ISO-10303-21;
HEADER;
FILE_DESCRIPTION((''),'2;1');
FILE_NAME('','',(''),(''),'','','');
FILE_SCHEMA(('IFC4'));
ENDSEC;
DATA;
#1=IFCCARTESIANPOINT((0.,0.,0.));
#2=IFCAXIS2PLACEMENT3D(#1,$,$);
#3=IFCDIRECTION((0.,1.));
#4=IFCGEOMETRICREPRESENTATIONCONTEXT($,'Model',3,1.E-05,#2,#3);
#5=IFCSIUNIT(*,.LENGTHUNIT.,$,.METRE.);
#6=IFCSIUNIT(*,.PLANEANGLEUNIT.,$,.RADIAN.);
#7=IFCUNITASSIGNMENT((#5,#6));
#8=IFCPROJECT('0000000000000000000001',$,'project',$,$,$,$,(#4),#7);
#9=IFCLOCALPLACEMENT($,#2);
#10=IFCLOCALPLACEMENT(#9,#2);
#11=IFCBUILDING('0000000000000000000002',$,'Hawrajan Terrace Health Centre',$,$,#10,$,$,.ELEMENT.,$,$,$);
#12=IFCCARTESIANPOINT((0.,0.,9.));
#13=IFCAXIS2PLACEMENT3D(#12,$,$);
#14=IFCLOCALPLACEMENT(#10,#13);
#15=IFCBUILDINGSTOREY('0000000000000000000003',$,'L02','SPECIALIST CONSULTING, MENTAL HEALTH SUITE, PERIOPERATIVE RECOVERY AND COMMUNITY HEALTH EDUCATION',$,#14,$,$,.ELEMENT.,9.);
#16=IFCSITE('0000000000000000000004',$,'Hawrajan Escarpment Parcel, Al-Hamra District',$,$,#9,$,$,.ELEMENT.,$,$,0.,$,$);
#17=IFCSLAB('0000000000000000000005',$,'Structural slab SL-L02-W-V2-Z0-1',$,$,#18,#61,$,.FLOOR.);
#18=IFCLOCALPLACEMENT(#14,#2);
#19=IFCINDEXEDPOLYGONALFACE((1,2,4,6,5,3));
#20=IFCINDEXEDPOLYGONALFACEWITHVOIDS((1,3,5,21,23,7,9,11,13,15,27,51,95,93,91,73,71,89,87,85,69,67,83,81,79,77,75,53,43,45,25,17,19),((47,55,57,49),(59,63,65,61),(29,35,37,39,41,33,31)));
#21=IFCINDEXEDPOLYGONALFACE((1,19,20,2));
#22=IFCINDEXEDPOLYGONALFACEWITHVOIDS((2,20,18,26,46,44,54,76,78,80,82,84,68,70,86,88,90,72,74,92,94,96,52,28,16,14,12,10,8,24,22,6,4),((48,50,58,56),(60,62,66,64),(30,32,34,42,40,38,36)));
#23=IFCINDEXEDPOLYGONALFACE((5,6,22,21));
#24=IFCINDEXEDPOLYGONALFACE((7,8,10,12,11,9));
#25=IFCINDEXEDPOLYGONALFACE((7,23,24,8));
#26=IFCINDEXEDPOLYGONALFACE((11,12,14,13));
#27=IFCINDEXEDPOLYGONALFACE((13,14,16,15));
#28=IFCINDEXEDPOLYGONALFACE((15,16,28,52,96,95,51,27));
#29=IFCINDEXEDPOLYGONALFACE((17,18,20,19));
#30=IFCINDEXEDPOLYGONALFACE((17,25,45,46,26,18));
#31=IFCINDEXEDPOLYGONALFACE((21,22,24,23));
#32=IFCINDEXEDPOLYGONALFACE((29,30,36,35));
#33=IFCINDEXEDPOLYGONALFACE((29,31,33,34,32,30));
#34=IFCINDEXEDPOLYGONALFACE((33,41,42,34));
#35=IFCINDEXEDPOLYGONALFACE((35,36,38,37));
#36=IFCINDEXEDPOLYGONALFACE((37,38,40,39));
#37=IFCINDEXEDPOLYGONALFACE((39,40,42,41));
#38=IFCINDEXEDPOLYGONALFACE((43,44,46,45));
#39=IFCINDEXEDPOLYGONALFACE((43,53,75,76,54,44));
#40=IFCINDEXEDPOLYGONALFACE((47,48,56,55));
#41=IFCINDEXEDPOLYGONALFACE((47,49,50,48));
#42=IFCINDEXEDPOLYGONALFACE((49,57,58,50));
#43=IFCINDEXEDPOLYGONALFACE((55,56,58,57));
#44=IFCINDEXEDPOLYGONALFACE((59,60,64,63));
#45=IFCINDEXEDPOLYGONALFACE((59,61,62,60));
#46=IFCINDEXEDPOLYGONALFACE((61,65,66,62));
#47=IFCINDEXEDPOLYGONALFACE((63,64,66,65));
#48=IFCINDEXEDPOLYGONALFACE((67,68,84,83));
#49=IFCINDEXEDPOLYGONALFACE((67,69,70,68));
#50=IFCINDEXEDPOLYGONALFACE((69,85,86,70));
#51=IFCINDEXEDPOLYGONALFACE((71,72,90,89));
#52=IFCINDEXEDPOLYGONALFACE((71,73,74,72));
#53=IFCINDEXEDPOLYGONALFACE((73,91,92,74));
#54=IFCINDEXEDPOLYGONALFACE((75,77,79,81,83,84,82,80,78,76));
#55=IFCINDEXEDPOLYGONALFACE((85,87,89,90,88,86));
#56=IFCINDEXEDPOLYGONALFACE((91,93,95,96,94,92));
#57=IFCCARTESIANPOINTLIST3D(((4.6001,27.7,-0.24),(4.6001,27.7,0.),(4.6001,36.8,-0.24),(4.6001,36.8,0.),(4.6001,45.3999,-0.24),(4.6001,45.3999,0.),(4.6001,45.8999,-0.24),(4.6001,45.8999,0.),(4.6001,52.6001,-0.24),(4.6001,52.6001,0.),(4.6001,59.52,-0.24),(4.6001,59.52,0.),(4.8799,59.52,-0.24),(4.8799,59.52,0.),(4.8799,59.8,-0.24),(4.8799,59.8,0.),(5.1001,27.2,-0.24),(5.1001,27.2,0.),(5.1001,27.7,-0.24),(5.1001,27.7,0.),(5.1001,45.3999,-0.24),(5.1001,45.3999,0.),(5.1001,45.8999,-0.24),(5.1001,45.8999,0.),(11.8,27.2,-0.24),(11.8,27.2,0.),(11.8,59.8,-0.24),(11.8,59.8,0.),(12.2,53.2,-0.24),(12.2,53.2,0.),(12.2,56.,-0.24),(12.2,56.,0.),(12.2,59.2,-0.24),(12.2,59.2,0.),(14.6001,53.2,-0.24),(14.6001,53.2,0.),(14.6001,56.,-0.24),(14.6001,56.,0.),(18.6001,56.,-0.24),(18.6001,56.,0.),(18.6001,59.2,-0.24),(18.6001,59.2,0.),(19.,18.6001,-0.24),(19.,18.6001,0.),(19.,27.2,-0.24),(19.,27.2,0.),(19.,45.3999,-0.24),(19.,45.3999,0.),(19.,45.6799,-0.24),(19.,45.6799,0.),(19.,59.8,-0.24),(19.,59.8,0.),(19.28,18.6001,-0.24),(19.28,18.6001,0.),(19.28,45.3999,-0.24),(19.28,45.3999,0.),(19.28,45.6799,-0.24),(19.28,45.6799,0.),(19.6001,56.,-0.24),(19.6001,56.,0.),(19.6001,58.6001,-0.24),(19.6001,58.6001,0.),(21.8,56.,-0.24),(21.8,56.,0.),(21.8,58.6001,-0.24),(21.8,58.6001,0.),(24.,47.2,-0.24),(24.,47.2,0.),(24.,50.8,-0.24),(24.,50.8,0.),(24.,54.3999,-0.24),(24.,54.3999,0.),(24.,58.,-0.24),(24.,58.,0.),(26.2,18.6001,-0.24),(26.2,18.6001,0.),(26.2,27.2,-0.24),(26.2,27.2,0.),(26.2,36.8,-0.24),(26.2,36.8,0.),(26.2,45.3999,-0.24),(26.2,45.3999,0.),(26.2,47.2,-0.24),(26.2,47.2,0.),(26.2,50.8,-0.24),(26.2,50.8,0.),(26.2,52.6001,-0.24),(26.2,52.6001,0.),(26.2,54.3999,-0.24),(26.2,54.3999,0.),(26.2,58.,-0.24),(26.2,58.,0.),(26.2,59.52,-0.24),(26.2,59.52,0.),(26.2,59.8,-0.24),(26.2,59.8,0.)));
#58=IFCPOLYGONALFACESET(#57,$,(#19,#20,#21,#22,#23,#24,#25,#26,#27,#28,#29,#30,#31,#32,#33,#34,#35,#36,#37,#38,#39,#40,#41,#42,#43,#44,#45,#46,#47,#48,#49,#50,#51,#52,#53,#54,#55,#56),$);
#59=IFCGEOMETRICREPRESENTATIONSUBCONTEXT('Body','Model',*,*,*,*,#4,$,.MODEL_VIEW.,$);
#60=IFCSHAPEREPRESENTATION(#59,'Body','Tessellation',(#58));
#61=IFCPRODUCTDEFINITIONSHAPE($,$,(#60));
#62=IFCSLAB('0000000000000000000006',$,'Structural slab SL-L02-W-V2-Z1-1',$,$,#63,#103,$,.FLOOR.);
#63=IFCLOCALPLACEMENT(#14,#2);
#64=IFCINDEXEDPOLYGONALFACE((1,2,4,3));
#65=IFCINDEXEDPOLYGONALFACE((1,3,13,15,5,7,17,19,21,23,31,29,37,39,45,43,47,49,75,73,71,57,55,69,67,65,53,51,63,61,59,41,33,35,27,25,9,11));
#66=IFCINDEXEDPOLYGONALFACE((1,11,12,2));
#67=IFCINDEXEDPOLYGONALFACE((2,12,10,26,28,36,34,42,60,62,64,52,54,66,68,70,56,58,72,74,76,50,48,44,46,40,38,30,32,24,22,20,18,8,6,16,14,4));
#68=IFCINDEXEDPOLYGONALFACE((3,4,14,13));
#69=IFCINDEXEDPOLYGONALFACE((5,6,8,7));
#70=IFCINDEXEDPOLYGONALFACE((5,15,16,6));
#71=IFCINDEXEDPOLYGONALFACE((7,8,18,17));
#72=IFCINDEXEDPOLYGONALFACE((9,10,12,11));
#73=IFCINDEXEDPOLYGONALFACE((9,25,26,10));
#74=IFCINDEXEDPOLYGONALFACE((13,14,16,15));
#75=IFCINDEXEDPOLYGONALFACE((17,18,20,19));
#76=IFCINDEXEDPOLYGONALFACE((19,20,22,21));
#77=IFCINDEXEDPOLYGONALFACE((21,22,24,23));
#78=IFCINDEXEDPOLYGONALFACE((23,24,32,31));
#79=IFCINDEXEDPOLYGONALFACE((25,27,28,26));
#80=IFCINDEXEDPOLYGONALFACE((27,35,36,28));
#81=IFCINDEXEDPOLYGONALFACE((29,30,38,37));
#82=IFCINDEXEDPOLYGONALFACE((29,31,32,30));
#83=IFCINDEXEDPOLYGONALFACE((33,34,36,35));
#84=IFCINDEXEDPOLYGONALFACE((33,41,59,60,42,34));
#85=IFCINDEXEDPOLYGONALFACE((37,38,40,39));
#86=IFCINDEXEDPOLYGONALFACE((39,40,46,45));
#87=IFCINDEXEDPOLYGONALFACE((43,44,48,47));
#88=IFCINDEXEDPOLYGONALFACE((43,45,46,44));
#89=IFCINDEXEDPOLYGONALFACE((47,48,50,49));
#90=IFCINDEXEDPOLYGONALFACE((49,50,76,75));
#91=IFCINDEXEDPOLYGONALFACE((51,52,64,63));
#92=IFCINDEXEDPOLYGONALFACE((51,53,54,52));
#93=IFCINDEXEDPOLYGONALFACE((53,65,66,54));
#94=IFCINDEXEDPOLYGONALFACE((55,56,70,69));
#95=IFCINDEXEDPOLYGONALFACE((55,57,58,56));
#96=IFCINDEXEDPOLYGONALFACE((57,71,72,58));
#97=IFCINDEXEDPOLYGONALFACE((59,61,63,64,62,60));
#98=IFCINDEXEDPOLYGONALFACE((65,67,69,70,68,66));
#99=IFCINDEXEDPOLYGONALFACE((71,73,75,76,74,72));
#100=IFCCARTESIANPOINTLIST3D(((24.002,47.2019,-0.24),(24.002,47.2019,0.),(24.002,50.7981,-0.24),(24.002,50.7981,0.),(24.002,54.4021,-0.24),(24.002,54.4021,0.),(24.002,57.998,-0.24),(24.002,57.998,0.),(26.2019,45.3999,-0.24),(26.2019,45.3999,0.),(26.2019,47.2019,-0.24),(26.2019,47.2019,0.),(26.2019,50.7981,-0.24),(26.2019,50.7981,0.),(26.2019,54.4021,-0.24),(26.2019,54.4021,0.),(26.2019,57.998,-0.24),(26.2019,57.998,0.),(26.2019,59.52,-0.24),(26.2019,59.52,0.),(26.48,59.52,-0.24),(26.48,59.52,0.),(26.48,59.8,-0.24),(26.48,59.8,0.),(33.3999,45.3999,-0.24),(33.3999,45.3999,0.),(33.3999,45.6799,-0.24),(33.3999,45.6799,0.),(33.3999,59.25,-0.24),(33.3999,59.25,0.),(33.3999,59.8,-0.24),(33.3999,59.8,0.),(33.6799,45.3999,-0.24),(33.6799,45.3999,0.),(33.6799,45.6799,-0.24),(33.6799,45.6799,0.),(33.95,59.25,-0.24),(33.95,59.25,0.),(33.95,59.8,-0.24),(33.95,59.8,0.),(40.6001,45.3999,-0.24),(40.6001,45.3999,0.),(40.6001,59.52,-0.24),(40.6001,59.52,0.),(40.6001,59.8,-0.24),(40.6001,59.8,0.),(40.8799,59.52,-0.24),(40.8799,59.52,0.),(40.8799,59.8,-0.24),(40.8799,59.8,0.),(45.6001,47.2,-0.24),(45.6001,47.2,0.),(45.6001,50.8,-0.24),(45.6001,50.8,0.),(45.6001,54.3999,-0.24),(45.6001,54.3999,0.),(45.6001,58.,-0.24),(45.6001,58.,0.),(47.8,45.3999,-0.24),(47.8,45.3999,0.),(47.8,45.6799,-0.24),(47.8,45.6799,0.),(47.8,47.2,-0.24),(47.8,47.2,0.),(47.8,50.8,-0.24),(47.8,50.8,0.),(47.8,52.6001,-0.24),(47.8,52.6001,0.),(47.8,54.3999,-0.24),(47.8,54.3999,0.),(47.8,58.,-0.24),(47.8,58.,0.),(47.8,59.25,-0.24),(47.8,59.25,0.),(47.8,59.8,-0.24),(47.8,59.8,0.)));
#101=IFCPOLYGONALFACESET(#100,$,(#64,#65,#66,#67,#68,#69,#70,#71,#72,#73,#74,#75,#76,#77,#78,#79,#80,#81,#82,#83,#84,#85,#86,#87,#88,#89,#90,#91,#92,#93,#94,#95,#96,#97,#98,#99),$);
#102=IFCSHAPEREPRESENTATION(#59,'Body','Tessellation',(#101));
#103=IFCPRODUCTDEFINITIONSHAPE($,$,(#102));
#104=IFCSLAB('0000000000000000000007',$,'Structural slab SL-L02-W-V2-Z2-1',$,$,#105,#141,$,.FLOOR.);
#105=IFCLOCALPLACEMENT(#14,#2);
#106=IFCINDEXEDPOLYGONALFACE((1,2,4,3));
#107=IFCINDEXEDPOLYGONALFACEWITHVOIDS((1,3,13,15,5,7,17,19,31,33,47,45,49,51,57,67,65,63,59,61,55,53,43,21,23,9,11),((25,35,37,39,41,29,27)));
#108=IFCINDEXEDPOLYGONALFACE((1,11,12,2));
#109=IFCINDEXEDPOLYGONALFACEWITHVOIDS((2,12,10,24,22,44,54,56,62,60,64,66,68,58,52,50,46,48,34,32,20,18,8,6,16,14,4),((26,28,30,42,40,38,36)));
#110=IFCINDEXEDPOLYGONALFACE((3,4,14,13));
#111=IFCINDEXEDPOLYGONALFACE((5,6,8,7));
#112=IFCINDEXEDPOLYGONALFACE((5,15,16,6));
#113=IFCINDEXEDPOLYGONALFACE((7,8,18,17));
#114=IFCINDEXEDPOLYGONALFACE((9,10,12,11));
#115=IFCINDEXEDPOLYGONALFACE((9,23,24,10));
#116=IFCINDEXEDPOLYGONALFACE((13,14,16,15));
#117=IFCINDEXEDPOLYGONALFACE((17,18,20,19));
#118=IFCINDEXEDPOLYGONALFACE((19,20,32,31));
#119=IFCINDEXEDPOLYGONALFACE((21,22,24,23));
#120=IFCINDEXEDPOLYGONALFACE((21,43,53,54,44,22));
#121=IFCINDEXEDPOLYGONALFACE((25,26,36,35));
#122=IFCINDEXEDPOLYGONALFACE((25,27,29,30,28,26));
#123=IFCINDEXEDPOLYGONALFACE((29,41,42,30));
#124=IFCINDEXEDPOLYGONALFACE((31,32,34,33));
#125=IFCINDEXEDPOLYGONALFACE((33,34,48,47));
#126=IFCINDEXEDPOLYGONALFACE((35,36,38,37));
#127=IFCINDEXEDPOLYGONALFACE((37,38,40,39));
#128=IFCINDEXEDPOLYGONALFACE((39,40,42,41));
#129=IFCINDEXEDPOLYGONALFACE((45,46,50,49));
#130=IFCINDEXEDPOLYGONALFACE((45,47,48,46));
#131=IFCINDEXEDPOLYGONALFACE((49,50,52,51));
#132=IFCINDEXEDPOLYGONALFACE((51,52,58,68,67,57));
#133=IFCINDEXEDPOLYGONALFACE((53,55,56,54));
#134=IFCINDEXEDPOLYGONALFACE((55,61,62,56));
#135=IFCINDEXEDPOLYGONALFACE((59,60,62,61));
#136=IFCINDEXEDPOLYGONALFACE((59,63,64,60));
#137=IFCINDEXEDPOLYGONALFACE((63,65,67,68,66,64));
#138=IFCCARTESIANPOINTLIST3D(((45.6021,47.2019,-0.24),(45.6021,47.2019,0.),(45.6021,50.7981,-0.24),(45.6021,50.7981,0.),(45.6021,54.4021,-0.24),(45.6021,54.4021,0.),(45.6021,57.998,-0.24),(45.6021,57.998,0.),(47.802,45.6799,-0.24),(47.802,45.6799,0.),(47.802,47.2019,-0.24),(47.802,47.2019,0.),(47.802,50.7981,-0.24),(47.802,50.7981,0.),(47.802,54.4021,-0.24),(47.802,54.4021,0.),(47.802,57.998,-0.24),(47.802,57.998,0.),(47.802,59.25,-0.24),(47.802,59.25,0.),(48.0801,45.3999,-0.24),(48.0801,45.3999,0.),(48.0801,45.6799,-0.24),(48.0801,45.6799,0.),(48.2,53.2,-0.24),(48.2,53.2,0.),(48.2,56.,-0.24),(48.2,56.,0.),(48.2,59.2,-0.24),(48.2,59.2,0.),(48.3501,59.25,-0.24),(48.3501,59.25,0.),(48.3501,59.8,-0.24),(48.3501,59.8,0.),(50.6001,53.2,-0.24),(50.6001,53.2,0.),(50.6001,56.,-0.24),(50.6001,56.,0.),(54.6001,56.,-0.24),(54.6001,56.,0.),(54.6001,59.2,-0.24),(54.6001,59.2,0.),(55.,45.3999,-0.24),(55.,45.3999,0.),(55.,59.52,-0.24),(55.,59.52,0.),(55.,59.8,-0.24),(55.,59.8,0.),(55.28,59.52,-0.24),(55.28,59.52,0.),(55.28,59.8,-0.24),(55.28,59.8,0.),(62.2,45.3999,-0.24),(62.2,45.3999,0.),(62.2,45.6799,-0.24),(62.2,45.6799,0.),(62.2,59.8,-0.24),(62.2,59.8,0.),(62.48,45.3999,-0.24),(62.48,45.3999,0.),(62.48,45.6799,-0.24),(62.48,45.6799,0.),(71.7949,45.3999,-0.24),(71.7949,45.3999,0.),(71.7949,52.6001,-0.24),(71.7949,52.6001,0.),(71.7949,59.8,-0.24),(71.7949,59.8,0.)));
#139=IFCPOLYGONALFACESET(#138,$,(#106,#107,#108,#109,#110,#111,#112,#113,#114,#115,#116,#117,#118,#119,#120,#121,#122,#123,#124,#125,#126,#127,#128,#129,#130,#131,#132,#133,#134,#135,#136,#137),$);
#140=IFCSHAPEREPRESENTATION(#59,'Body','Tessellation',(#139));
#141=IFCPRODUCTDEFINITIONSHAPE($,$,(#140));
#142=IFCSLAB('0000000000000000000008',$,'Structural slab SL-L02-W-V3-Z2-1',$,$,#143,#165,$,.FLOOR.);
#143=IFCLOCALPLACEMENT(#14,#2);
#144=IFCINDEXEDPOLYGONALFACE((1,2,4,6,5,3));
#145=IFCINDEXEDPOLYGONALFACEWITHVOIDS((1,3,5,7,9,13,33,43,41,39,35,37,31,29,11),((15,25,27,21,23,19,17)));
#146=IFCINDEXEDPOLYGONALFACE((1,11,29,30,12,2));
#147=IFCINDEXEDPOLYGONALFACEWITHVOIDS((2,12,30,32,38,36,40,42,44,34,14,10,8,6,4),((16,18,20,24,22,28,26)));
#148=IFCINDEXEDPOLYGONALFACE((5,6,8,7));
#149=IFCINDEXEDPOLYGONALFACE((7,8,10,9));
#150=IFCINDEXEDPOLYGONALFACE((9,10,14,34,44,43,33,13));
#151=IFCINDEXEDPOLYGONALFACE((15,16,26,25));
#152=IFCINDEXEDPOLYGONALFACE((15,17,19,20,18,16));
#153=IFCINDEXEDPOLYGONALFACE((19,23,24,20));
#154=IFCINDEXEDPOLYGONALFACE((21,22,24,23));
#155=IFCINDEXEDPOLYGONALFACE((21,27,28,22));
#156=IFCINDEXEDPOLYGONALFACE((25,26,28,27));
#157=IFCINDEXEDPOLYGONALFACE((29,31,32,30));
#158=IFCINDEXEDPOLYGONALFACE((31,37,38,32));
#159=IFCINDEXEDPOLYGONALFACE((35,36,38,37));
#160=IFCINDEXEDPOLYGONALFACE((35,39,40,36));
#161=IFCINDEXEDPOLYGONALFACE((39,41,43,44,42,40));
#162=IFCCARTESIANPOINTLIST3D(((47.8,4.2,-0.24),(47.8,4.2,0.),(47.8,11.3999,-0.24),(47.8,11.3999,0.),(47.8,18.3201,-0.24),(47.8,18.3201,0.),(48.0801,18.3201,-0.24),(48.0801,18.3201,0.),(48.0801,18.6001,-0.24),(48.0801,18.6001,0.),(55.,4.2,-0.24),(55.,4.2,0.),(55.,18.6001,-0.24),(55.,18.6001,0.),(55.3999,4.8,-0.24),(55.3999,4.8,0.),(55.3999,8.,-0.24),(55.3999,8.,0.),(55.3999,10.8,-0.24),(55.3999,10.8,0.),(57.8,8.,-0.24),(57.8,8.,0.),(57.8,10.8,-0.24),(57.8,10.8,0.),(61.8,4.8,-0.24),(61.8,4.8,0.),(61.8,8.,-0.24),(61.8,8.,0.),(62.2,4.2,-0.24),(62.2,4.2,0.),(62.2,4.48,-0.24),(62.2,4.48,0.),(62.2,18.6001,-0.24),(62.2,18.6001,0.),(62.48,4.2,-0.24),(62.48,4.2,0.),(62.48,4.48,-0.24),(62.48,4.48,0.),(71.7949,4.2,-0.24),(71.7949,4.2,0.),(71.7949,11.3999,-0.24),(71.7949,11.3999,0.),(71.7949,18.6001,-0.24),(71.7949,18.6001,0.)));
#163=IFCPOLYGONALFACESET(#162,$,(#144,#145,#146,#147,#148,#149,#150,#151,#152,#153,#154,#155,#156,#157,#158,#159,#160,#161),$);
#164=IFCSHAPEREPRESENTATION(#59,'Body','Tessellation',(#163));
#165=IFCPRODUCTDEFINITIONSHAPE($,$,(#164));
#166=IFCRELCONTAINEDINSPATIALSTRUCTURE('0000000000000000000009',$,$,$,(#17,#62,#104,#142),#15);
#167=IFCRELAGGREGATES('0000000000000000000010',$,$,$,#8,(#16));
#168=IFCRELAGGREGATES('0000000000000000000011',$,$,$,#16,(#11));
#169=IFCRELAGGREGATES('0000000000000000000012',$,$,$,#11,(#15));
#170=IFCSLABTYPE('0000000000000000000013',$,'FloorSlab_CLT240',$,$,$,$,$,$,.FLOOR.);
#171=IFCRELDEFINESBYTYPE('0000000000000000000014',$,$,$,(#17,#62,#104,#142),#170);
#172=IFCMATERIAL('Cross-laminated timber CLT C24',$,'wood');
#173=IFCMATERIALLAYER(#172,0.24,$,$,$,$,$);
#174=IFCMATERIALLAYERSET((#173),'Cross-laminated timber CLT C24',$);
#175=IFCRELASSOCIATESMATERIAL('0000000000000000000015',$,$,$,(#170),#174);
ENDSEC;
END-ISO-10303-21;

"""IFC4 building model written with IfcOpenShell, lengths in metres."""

from ifc_helpers import new_model, si_unit, direction, frame, origin, place, context, subcontext, project, spatial, polyline, outline, extrude, material, layer, layer_set, type_object, element, save


model = new_model("IFC4")

# Units and contexts
model_context = context("Model", 3, precision=1e-05, world=origin(), true_north=direction((0.0, 1.0)))
body_context = subcontext(model_context, "Body", "Model", "MODEL_VIEW")
ifc_project = project(units=[si_unit("LENGTHUNIT", "METRE"), si_unit("PLANEANGLEUNIT", "RADIAN")], contexts=[model_context])

# Site, building, storey
site_placement = place(None, origin())
site = spatial("IfcSite", under=ifc_project, at=site_placement, Name="Hawrajan Escarpment Parcel, Al-Hamra District", CompositionType="ELEMENT", RefElevation=0.0)
building_placement = place(site_placement, origin())
building = spatial("IfcBuilding", under=site, at=building_placement, Name="Hawrajan Terrace Health Centre", CompositionType="ELEMENT")
storey_placement = place(building_placement, frame((0.0, 0.0, 9.0)))
storey = spatial("IfcBuildingStorey", under=building, at=storey_placement, Name="L02", Description="SPECIALIST CONSULTING, MENTAL HEALTH SUITE, PERIOPERATIVE RECOVERY AND COMMUNITY HEALTH EDUCATION", CompositionType="ELEMENT", Elevation=9.0)

# Slabs
ifc_material_1 = material(Name="Cross-laminated timber CLT C24", Category="wood")
ifc_layer_1 = layer(ifc_material_1, 0.24)
ifc_layer_set_1 = layer_set([ifc_layer_1], Name="Cross-laminated timber CLT C24")
slab_type_1 = type_object("IfcSlabType", Name="FloorSlab_CLT240", PredefinedType="FLOOR", material=ifc_layer_set_1)
slab_1_placement = place(storey_placement, frame((0.0, 0.0, -0.24)))
element("IfcSlab", 1, at=slab_1_placement, inside=storey, type_object=slab_type_1, Name="Structural slab SL-L02-W-V2-Z0-1", PredefinedType="FLOOR", context=body_context, shape_type="SweptSolid", body=[
    extrude(outline(polyline([(4.6001, 59.52), (4.8799, 59.52), (4.8799, 59.8), (11.8, 59.8), (19.0, 59.8), (26.2, 59.8), (26.2, 59.52), (26.2, 58.0), (24.0, 58.0), (24.0, 54.3999), (26.2, 54.3999), (26.2, 52.6001), (26.2, 50.8), (24.0, 50.8), (24.0, 47.2), (26.2, 47.2), (26.2, 45.3999), (26.2, 36.8), (26.2, 27.2), (26.2, 18.6001), (19.28, 18.6001), (19.0, 18.6001), (19.0, 27.2), (11.8, 27.2), (5.1001, 27.2), (5.1001, 27.7), (4.6001, 27.7), (4.6001, 36.8), (4.6001, 45.3999), (5.1001, 45.3999), (5.1001, 45.8999), (4.6001, 45.8999), (4.6001, 52.6001), (4.6001, 59.52)]), holes=[polyline([(19.28, 45.3999), (19.28, 45.6799), (19.0, 45.6799), (19.0, 45.3999), (19.28, 45.3999)]), polyline([(14.6001, 53.2), (14.6001, 56.0), (18.6001, 56.0), (18.6001, 59.2), (12.2, 59.2), (12.2, 56.0), (12.2, 53.2), (14.6001, 53.2)]), polyline([(21.8, 56.0), (21.8, 58.6001), (19.6001, 58.6001), (19.6001, 56.0), (21.8, 56.0)])]), origin(), (0.0, 0.0, 1.0), 0.24),
])
slab_2_placement = place(storey_placement, frame((0.0, 0.0, -0.24)))
element("IfcSlab", 2, at=slab_2_placement, inside=storey, type_object=slab_type_1, Name="Structural slab SL-L02-W-V2-Z1-1", PredefinedType="FLOOR", context=body_context, shape_type="SweptSolid", body=[
    extrude(outline(polyline([(26.48, 59.52), (26.48, 59.8), (33.3999, 59.8), (33.3999, 59.25), (33.95, 59.25), (33.95, 59.8), (40.6001, 59.8), (40.6001, 59.52), (40.8799, 59.52), (40.8799, 59.8), (47.8, 59.8), (47.8, 59.25), (47.8, 58.0), (45.6001, 58.0), (45.6001, 54.3999), (47.8, 54.3999), (47.8, 52.6001), (47.8, 50.8), (45.6001, 50.8), (45.6001, 47.2), (47.8, 47.2), (47.8, 45.6799), (47.8, 45.3999), (40.6001, 45.3999), (33.6799, 45.3999), (33.6799, 45.6799), (33.3999, 45.6799), (33.3999, 45.3999), (26.2019, 45.3999), (26.2019, 47.2019), (24.002, 47.2019), (24.002, 50.7981), (26.2019, 50.7981), (26.2019, 54.4021), (24.002, 54.4021), (24.002, 57.998), (26.2019, 57.998), (26.2019, 59.52), (26.48, 59.52)])), origin(), (0.0, 0.0, 1.0), 0.24),
])
slab_3_placement = place(storey_placement, frame((0.0, 0.0, -0.24)))
element("IfcSlab", 3, at=slab_3_placement, inside=storey, type_object=slab_type_1, Name="Structural slab SL-L02-W-V2-Z2-1", PredefinedType="FLOOR", context=body_context, shape_type="SweptSolid", body=[
    extrude(outline(polyline([(48.3501, 59.25), (48.3501, 59.8), (55.0, 59.8), (55.0, 59.52), (55.28, 59.52), (55.28, 59.8), (62.2, 59.8), (71.7949, 59.8), (71.7949, 52.6001), (71.7949, 45.3999), (62.48, 45.3999), (62.48, 45.6799), (62.2, 45.6799), (62.2, 45.3999), (55.0, 45.3999), (48.0801, 45.3999), (48.0801, 45.6799), (47.802, 45.6799), (47.802, 47.2019), (45.6021, 47.2019), (45.6021, 50.7981), (47.802, 50.7981), (47.802, 54.4021), (45.6021, 54.4021), (45.6021, 57.998), (47.802, 57.998), (47.802, 59.25), (48.3501, 59.25)]), holes=[polyline([(48.2, 56.0), (48.2, 53.2), (50.6001, 53.2), (50.6001, 56.0), (54.6001, 56.0), (54.6001, 59.2), (48.2, 59.2), (48.2, 56.0)])]), origin(), (0.0, 0.0, 1.0), 0.24),
])
slab_4_placement = place(storey_placement, frame((0.0, 0.0, -0.24)))
element("IfcSlab", 4, at=slab_4_placement, inside=storey, type_object=slab_type_1, Name="Structural slab SL-L02-W-V3-Z2-1", PredefinedType="FLOOR", context=body_context, shape_type="SweptSolid", body=[
    extrude(outline(polyline([(48.0801, 18.3201), (48.0801, 18.6001), (55.0, 18.6001), (62.2, 18.6001), (71.7949, 18.6001), (71.7949, 11.3999), (71.7949, 4.2), (62.48, 4.2), (62.48, 4.48), (62.2, 4.48), (62.2, 4.2), (55.0, 4.2), (47.8, 4.2), (47.8, 11.3999), (47.8, 18.3201), (48.0801, 18.3201)]), holes=[polyline([(61.8, 4.8), (61.8, 8.0), (57.8, 8.0), (57.8, 10.8), (55.3999, 10.8), (55.3999, 8.0), (55.3999, 4.8), (61.8, 4.8)])]), origin(), (0.0, 0.0, 1.0), 0.24),
])

save(model, "model.ifc")
